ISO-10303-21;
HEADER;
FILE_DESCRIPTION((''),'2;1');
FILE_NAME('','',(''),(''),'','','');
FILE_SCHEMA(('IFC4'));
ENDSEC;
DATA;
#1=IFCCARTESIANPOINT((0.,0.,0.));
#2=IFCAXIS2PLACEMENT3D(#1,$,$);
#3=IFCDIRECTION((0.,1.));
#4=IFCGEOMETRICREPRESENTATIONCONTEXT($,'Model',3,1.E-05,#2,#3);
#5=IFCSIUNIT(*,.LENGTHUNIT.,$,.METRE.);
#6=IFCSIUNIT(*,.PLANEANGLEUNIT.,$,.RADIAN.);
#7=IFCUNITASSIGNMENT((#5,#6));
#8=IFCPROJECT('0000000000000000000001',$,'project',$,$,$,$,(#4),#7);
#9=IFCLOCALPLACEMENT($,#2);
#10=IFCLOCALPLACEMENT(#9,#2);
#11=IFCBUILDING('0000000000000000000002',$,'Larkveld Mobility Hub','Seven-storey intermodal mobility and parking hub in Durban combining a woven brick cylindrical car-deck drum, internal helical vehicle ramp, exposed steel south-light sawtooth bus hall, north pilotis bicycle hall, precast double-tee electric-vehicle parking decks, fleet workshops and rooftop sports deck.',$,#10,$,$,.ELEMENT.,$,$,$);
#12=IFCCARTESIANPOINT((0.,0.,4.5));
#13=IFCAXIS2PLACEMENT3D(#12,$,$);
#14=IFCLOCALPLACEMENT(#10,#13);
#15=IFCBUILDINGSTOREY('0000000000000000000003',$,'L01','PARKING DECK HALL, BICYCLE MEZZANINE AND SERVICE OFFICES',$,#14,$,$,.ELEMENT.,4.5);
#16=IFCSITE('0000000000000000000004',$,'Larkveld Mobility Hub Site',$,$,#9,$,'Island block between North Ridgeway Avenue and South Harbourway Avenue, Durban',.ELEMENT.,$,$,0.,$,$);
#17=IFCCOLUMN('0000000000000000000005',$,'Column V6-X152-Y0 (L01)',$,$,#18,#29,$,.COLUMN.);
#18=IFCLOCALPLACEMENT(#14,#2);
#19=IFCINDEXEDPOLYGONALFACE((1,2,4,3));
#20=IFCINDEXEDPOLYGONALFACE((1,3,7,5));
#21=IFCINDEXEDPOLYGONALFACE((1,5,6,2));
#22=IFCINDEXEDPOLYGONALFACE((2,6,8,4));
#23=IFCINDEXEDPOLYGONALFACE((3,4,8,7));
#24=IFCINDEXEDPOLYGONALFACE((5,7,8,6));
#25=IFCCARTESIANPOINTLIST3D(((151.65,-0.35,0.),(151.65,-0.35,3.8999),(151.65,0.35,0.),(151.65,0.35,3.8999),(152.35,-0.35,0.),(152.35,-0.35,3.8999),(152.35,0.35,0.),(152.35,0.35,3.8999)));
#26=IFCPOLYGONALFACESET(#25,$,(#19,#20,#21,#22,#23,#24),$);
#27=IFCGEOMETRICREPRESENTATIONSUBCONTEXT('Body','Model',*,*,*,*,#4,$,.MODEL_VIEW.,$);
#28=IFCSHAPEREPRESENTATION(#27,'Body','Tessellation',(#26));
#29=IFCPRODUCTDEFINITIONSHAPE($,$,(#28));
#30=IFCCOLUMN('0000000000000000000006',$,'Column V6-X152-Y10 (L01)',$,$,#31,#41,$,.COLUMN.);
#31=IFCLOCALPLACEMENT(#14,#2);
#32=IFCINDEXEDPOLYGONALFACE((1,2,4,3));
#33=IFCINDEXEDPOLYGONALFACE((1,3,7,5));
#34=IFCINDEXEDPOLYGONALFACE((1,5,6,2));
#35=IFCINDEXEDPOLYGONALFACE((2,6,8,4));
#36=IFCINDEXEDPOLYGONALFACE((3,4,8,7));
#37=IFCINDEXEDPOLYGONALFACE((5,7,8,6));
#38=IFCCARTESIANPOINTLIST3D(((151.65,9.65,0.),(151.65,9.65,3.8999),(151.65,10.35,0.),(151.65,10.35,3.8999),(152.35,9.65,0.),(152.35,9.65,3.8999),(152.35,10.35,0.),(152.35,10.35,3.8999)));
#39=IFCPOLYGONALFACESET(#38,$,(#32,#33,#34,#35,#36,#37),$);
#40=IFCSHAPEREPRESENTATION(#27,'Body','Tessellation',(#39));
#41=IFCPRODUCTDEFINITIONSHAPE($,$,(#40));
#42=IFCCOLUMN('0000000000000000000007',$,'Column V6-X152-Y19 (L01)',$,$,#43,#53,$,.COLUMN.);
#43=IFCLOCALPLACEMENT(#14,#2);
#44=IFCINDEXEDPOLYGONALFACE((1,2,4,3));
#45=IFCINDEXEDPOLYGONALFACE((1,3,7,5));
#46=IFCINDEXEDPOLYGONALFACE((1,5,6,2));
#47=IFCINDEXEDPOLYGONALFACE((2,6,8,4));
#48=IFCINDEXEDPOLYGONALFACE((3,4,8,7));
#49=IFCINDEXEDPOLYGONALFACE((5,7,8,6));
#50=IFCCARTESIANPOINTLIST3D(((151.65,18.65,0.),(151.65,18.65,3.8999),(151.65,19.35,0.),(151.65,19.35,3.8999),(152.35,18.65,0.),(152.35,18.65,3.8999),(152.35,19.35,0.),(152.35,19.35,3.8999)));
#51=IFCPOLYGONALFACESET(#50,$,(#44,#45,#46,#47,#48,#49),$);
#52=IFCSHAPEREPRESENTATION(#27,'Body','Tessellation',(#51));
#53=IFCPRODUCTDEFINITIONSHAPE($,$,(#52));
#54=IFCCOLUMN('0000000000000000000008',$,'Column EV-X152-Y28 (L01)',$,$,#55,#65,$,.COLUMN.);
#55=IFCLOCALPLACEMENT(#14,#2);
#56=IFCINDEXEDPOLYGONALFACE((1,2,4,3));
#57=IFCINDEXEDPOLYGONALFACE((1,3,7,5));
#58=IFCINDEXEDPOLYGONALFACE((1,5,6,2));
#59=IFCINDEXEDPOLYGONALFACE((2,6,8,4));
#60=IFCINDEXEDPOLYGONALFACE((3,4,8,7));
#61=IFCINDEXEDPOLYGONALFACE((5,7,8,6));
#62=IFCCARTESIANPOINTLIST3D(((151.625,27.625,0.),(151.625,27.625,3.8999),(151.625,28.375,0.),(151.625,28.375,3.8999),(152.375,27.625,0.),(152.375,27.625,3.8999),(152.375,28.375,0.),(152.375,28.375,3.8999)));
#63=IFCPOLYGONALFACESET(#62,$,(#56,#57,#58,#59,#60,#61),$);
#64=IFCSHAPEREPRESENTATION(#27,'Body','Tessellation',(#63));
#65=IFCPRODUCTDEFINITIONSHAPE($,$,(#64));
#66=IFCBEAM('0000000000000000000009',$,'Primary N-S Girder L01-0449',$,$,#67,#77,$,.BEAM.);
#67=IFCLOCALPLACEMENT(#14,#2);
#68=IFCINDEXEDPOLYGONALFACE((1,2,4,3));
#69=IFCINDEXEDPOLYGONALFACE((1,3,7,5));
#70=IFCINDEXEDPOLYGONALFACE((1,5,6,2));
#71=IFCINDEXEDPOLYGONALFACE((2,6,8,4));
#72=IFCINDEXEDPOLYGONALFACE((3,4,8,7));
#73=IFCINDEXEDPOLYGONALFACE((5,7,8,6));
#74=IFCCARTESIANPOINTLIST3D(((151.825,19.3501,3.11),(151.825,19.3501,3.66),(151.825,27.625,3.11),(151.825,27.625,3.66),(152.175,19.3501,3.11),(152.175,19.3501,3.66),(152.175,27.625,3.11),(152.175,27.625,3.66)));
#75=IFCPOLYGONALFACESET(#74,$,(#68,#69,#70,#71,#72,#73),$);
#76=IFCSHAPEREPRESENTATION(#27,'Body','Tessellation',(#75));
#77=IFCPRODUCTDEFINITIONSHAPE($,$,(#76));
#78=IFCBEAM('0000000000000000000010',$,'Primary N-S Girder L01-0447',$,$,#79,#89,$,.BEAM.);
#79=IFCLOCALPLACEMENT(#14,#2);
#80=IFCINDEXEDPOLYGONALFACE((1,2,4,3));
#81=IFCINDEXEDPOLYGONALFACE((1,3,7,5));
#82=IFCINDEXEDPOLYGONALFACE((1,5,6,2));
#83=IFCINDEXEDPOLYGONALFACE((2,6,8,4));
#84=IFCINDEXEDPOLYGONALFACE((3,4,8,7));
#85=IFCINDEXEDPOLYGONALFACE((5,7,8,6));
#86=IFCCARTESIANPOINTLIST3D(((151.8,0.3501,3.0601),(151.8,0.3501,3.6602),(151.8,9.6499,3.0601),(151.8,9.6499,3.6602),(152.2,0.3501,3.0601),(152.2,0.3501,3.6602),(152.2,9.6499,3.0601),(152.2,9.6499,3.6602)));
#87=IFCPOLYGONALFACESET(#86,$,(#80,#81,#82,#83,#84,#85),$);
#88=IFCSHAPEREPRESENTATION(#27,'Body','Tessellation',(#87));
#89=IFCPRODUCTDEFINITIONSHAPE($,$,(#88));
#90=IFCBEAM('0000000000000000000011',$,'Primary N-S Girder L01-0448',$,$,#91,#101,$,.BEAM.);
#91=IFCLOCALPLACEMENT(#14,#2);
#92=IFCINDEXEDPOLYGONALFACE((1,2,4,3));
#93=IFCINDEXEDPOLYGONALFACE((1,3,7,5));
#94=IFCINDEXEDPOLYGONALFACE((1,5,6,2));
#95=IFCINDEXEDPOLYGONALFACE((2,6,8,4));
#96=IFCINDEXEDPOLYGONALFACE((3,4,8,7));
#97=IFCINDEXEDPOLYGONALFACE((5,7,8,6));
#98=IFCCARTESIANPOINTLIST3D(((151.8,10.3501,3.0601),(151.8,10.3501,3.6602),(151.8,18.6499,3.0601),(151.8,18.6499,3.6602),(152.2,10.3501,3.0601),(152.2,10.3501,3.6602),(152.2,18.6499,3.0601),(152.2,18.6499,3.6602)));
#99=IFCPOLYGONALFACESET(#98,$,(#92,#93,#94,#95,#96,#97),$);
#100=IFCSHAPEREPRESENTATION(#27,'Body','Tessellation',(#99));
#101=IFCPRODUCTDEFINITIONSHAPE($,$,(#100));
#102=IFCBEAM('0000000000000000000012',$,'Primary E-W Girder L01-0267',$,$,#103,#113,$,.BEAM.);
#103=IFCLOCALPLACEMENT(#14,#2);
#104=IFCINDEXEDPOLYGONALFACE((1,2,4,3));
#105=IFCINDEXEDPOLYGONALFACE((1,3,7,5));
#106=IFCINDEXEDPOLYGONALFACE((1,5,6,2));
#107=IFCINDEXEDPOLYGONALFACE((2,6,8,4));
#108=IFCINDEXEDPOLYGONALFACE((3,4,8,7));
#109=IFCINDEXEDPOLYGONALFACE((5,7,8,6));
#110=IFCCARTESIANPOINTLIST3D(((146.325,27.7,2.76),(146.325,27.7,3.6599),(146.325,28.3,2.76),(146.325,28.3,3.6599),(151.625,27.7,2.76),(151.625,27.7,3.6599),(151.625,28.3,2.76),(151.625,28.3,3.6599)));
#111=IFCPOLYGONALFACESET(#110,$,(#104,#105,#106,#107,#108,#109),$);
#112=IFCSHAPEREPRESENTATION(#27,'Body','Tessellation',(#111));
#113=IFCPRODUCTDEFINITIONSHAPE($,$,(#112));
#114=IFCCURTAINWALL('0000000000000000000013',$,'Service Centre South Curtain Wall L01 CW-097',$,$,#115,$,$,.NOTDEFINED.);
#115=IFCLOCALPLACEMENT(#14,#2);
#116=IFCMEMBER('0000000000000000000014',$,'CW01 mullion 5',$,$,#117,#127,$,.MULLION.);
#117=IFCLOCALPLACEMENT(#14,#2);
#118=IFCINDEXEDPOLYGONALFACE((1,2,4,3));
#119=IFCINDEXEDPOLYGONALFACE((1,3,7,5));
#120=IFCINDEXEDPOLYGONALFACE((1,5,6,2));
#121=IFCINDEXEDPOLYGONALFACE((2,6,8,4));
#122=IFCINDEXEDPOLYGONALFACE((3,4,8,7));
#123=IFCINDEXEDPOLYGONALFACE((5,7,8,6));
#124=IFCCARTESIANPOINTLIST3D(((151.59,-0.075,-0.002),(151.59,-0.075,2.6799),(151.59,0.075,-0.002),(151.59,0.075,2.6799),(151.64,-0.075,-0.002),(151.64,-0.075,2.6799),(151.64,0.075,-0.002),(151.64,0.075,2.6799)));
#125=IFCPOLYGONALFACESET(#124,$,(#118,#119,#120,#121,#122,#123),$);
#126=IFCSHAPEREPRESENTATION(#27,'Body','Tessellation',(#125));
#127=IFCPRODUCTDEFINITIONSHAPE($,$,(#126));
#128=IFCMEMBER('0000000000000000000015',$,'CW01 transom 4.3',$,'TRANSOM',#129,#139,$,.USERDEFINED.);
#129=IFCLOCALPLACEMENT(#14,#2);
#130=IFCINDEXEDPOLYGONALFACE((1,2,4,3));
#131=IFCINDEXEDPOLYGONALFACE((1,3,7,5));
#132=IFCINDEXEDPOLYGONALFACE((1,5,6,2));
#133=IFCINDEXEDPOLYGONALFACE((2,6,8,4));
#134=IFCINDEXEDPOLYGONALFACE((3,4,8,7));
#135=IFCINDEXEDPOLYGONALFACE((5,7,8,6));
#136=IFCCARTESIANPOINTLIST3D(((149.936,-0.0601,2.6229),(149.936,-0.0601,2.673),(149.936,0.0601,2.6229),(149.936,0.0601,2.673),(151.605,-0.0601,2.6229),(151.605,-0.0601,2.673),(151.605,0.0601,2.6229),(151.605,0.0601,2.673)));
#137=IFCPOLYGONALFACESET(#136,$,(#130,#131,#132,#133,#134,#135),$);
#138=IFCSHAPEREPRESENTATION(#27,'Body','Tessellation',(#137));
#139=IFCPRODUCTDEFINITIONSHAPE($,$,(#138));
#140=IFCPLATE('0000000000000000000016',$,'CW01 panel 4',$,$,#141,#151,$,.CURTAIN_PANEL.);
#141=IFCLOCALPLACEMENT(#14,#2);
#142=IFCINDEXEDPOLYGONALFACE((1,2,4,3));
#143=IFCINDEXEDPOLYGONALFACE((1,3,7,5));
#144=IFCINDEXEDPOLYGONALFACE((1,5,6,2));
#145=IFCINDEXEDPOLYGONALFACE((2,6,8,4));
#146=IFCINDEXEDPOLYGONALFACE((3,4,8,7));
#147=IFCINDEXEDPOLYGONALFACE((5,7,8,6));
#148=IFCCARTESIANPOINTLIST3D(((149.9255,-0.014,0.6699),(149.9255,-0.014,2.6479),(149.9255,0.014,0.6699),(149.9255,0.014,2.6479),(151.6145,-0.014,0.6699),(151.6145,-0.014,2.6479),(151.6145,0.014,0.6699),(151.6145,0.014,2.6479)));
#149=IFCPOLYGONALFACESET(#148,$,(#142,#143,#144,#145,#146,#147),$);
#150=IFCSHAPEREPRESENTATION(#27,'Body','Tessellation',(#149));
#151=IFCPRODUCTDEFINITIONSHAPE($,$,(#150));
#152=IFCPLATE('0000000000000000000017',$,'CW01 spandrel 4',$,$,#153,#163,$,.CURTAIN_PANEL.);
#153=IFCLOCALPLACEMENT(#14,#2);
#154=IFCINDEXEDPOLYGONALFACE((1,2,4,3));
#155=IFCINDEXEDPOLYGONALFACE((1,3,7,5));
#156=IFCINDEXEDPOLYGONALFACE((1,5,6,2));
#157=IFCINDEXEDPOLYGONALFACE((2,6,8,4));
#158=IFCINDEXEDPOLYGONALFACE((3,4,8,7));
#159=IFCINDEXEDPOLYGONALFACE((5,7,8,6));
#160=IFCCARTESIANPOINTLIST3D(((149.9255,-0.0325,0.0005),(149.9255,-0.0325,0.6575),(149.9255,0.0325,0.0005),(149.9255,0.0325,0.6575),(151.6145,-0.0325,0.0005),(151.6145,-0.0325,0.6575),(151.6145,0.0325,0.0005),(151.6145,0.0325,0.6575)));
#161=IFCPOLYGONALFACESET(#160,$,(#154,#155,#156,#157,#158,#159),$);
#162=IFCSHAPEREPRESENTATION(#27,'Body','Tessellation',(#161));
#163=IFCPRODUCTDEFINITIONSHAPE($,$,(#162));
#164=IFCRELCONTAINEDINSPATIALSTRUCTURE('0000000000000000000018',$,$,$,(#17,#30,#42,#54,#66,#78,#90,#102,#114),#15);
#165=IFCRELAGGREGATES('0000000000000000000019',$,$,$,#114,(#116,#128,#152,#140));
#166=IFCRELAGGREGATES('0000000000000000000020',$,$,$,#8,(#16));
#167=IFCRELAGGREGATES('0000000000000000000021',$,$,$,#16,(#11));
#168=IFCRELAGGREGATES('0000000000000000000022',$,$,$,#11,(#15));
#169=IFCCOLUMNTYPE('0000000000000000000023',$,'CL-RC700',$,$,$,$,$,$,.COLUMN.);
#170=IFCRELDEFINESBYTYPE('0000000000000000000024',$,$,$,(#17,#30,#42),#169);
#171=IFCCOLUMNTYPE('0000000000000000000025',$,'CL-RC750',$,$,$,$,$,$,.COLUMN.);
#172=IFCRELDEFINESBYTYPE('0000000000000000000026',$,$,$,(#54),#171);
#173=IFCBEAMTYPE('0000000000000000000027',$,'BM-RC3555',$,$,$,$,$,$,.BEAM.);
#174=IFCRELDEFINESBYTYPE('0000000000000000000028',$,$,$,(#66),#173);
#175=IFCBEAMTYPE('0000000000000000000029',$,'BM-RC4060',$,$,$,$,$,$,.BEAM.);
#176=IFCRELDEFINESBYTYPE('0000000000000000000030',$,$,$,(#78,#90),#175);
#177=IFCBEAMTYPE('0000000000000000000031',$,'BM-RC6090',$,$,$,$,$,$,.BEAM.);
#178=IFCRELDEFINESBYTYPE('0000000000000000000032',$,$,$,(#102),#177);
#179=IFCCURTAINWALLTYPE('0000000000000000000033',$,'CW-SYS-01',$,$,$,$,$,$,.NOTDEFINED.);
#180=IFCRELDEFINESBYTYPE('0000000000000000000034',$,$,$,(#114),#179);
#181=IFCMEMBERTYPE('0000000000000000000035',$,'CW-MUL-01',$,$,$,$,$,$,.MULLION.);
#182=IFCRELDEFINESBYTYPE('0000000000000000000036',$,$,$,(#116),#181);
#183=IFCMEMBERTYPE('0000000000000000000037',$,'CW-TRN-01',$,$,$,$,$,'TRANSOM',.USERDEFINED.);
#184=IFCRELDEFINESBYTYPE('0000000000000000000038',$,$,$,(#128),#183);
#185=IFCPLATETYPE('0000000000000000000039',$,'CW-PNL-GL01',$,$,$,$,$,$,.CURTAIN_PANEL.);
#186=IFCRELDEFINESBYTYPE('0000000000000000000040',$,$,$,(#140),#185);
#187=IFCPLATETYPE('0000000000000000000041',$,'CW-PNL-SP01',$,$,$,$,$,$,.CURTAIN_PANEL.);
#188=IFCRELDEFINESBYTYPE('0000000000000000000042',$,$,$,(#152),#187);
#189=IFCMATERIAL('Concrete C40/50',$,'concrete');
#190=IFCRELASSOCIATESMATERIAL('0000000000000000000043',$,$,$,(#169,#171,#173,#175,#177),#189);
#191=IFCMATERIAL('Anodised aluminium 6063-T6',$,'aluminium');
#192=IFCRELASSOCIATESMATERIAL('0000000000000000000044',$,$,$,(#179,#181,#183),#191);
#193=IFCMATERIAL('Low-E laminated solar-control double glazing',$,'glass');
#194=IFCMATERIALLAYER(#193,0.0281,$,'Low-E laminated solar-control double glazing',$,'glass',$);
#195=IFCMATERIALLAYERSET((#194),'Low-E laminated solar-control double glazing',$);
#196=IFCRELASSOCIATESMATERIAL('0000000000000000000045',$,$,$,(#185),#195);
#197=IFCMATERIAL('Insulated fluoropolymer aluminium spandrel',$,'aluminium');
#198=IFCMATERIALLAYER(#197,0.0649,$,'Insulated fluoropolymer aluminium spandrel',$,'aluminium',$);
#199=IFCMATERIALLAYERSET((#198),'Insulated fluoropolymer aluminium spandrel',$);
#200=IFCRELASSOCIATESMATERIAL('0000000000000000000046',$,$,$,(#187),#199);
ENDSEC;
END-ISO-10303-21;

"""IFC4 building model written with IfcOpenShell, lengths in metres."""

from ifc_helpers import new_model, si_unit, direction, frame, origin, origin_2d, place, context, subcontext, project, spatial, rectangle, extrude, material, layer, layer_set, material_profile, profile_set, type_object, element, aggregate, save


model = new_model("IFC4")

# Units and contexts
model_context = context("Model", 3, precision=1e-05, world=origin(), true_north=direction((0.0, 1.0)))
body_context = subcontext(model_context, "Body", "Model", "MODEL_VIEW")
ifc_project = project(units=[si_unit("LENGTHUNIT", "METRE"), si_unit("PLANEANGLEUNIT", "RADIAN")], contexts=[model_context])

# Site, building, storey
site_placement = place(None, origin())
site = spatial("IfcSite", under=ifc_project, at=site_placement, Name="Larkveld Mobility Hub Site", LongName="Island block between North Ridgeway Avenue and South Harbourway Avenue, Durban", CompositionType="ELEMENT", RefElevation=0.0)
building_placement = place(site_placement, origin())
building = spatial("IfcBuilding", under=site, at=building_placement, Name="Larkveld Mobility Hub", Description="Seven-storey intermodal mobility and parking hub in Durban combining a woven brick cylindrical car-deck drum, internal helical vehicle ramp, exposed steel south-light sawtooth bus hall, north pilotis bicycle hall, precast double-tee electric-vehicle parking decks, fleet workshops and rooftop sports deck.", CompositionType="ELEMENT")
storey_placement = place(building_placement, frame((0.0, 0.0, 4.5)))
storey = spatial("IfcBuildingStorey", under=building, at=storey_placement, Name="L01", Description="PARKING DECK HALL, BICYCLE MEZZANINE AND SERVICE OFFICES", CompositionType="ELEMENT", Elevation=4.5)

# Columns
ifc_material_1 = material(Name="Concrete C40/50", Category="concrete")
ifc_material_profile_1 = material_profile(ifc_material_1, rectangle(XDim=0.7, YDim=0.7, at=origin_2d()), Name="RC COL 700x700")
ifc_profile_set_1 = profile_set([ifc_material_profile_1], Name="Concrete C40/50")
column_type_1 = type_object("IfcColumnType", Name="CL-RC700", PredefinedType="COLUMN", material=ifc_profile_set_1)
for number, where, z_axis, x_axis, name in (
    (1, (152.0, 0.0, 0.0), (0.0, 0.0, 1.0), (1.0, 0.0, 0.0), "Column V6-X152-Y0 (L01)"),
    (2, (152.0, 10.0, 0.0), (0.0, 0.0, 1.0), (1.0, 0.0, 0.0), "Column V6-X152-Y10 (L01)"),
    (3, (152.0, 19.0, 0.0), (0.0, 0.0, 1.0), (1.0, 0.0, 0.0), "Column V6-X152-Y19 (L01)"),
):
    element("IfcColumn", number, at=place(storey_placement, frame(where, z_axis=z_axis, x_axis=x_axis)), inside=storey, type_object=column_type_1, Name=name, PredefinedType="COLUMN", context=body_context, shape_type="SweptSolid", body=[
        extrude(rectangle(XDim=0.7, YDim=0.7, at=origin_2d()), origin(), (0.0, 0.0, 1.0), 3.8999),
    ])
ifc_material_profile_2 = material_profile(ifc_material_1, rectangle(XDim=0.75, YDim=0.75, at=origin_2d()), Name="RC COL 750x750")
ifc_profile_set_2 = profile_set([ifc_material_profile_2], Name="Concrete C40/50")
column_type_2 = type_object("IfcColumnType", Name="CL-RC750", PredefinedType="COLUMN", material=ifc_profile_set_2)
column_placement = place(storey_placement, frame((152.0, 28.0, 0.0), z_axis=(0.0, 0.0, 1.0), x_axis=(1.0, 0.0, 0.0)))
element("IfcColumn", 4, at=column_placement, inside=storey, type_object=column_type_2, Name="Column EV-X152-Y28 (L01)", PredefinedType="COLUMN", context=body_context, shape_type="SweptSolid", body=[
    extrude(rectangle(XDim=0.75, YDim=0.75, at=origin_2d()), origin(), (0.0, 0.0, 1.0), 3.8999),
])

# Beams
ifc_material_profile_3 = material_profile(ifc_material_1, rectangle(XDim=0.3501, YDim=0.55, at=origin_2d()), Name="RC BM 350x550")
ifc_profile_set_3 = profile_set([ifc_material_profile_3], Name="Concrete C40/50")
beam_type_1 = type_object("IfcBeamType", Name="BM-RC3555", PredefinedType="BEAM", material=ifc_profile_set_3)
beam_1_placement = place(storey_placement, frame((152.0, 19.3501, 3.385), z_axis=(0.0, 1.0, 0.0), x_axis=(-1.0, 0.0, 0.0)))
element("IfcBeam", 5, at=beam_1_placement, inside=storey, type_object=beam_type_1, Name="Primary N-S Girder L01-0449", PredefinedType="BEAM", context=body_context, shape_type="SweptSolid", body=[
    extrude(rectangle(XDim=0.3501, YDim=0.55, at=origin_2d()), origin(), (0.0, 0.0, 1.0), 8.2749),
])
ifc_material_profile_4 = material_profile(ifc_material_1, rectangle(XDim=0.3999, YDim=0.6001, at=origin_2d()), Name="RC BM 400x600")
ifc_profile_set_4 = profile_set([ifc_material_profile_4], Name="Concrete C40/50")
beam_type_2 = type_object("IfcBeamType", Name="BM-RC4060", PredefinedType="BEAM", material=ifc_profile_set_4)
beam_2_placement = place(storey_placement, frame((152.0, 0.3501, 3.3601), z_axis=(0.0, 1.0, 0.0), x_axis=(-1.0, 0.0, 0.0)))
element("IfcBeam", 6, at=beam_2_placement, inside=storey, type_object=beam_type_2, Name="Primary N-S Girder L01-0447", PredefinedType="BEAM", context=body_context, shape_type="SweptSolid", body=[
    extrude(rectangle(XDim=0.3999, YDim=0.6001, at=origin_2d()), origin(), (0.0, 0.0, 1.0), 9.2998),
])
beam_3_placement = place(storey_placement, frame((152.0, 10.3501, 3.3601), z_axis=(0.0, 1.0, 0.0), x_axis=(-1.0, 0.0, 0.0)))
element("IfcBeam", 7, at=beam_3_placement, inside=storey, type_object=beam_type_2, Name="Primary N-S Girder L01-0448", PredefinedType="BEAM", context=body_context, shape_type="SweptSolid", body=[
    extrude(rectangle(XDim=0.3999, YDim=0.6001, at=origin_2d()), origin(), (0.0, 0.0, 1.0), 8.2998),
])
ifc_material_profile_5 = material_profile(ifc_material_1, rectangle(XDim=0.6001, YDim=0.8999, at=origin_2d()), Name="RC BM 600x900")
ifc_profile_set_5 = profile_set([ifc_material_profile_5], Name="Concrete C40/50")
beam_type_3 = type_object("IfcBeamType", Name="BM-RC6090", PredefinedType="BEAM", material=ifc_profile_set_5)
beam_4_placement = place(storey_placement, frame((146.325, 28.0, 3.21), z_axis=(1.0, 0.0, 0.0), x_axis=(0.0, 1.0, 0.0)))
element("IfcBeam", 8, at=beam_4_placement, inside=storey, type_object=beam_type_3, Name="Primary E-W Girder L01-0267", PredefinedType="BEAM", context=body_context, shape_type="SweptSolid", body=[
    extrude(rectangle(XDim=0.6001, YDim=0.8999, at=origin_2d()), origin(), (0.0, 0.0, 1.0), 5.3),
])

# Curtain wall, members, plates
ifc_material_2 = material(Name="Anodised aluminium 6063-T6", Category="aluminium")
curtain_wall_type = type_object("IfcCurtainWallType", Name="CW-SYS-01", PredefinedType="NOTDEFINED", material=ifc_material_2)
curtain_wall_placement = place(storey_placement, origin())
curtain_wall = element("IfcCurtainWall", 9, at=curtain_wall_placement, inside=storey, type_object=curtain_wall_type, Name="Service Centre South Curtain Wall L01 CW-097", PredefinedType="NOTDEFINED")
ifc_material_profile_6 = material_profile(ifc_material_2, rectangle(XDim=0.05, YDim=0.1499, at=origin_2d()), Name="ALU MULL 50x150")
ifc_profile_set_6 = profile_set([ifc_material_profile_6], Name="Anodised aluminium 6063-T6")
member_type_1 = type_object("IfcMemberType", Name="CW-MUL-01", PredefinedType="MULLION", material=ifc_profile_set_6)
member_1_placement = place(storey_placement, frame((151.615, 0.0, -0.002), z_axis=(0.0, 0.0, 1.0), x_axis=(1.0, 0.0, 0.0)))
member_1 = element("IfcMember", 10, at=member_1_placement, type_object=member_type_1, Name="CW01 mullion 5", PredefinedType="MULLION", context=body_context, shape_type="SweptSolid", body=[
    extrude(rectangle(XDim=0.05, YDim=0.1499, at=origin_2d()), origin(), (0.0, 0.0, 1.0), 2.6819),
])
ifc_material_profile_7 = material_profile(ifc_material_2, rectangle(XDim=0.1201, YDim=0.05, at=origin_2d()), Name="ALU TRAN 50x120")
ifc_profile_set_7 = profile_set([ifc_material_profile_7], Name="Anodised aluminium 6063-T6")
member_type_2 = type_object("IfcMemberType", Name="CW-TRN-01", ElementType="TRANSOM", PredefinedType="USERDEFINED", material=ifc_profile_set_7)
member_2_placement = place(storey_placement, frame((149.936, 0.0, 2.6479), z_axis=(1.0, 0.0, 0.0), x_axis=(0.0, 1.0, 0.0)))
member_2 = element("IfcMember", 11, at=member_2_placement, type_object=member_type_2, Name="CW01 transom 4.3", ObjectType="TRANSOM", PredefinedType="USERDEFINED", context=body_context, shape_type="SweptSolid", body=[
    extrude(rectangle(XDim=0.1201, YDim=0.05, at=origin_2d()), origin(), (0.0, 0.0, 1.0), 1.6689),
])
ifc_material_3 = material(Name="Low-E laminated solar-control double glazing", Category="glass")
ifc_layer_1 = layer(ifc_material_3, 0.0281, Name="Low-E laminated solar-control double glazing", Category="glass")
ifc_layer_set_1 = layer_set([ifc_layer_1], Name="Low-E laminated solar-control double glazing")
plate_type_1 = type_object("IfcPlateType", Name="CW-PNL-GL01", PredefinedType="CURTAIN_PANEL", material=ifc_layer_set_1)
plate_1_placement = place(storey_placement, frame((150.77, 0.0, 0.6699), z_axis=(0.0, 0.0, 1.0), x_axis=(1.0, 0.0, 0.0)))
plate_1 = element("IfcPlate", 12, at=plate_1_placement, type_object=plate_type_1, Name="CW01 panel 4", PredefinedType="CURTAIN_PANEL", context=body_context, shape_type="SweptSolid", body=[
    extrude(rectangle(XDim=1.689, YDim=0.0281, at=origin_2d()), origin(), (0.0, 0.0, 1.0), 1.978),
])
ifc_material_4 = material(Name="Insulated fluoropolymer aluminium spandrel", Category="aluminium")
ifc_layer_2 = layer(ifc_material_4, 0.0649, Name="Insulated fluoropolymer aluminium spandrel", Category="aluminium")
ifc_layer_set_2 = layer_set([ifc_layer_2], Name="Insulated fluoropolymer aluminium spandrel")
plate_type_2 = type_object("IfcPlateType", Name="CW-PNL-SP01", PredefinedType="CURTAIN_PANEL", material=ifc_layer_set_2)
plate_2_placement = place(storey_placement, frame((150.77, 0.0, 0.0005), z_axis=(0.0, 0.0, 1.0), x_axis=(1.0, 0.0, 0.0)))
plate_2 = element("IfcPlate", 13, at=plate_2_placement, type_object=plate_type_2, Name="CW01 spandrel 4", PredefinedType="CURTAIN_PANEL", context=body_context, shape_type="SweptSolid", body=[
    extrude(rectangle(XDim=1.689, YDim=0.0649, at=origin_2d()), origin(), (0.0, 0.0, 1.0), 0.657),
])
aggregate(curtain_wall, [member_1, member_2, plate_2, plate_1])

save(model, "model.ifc")
